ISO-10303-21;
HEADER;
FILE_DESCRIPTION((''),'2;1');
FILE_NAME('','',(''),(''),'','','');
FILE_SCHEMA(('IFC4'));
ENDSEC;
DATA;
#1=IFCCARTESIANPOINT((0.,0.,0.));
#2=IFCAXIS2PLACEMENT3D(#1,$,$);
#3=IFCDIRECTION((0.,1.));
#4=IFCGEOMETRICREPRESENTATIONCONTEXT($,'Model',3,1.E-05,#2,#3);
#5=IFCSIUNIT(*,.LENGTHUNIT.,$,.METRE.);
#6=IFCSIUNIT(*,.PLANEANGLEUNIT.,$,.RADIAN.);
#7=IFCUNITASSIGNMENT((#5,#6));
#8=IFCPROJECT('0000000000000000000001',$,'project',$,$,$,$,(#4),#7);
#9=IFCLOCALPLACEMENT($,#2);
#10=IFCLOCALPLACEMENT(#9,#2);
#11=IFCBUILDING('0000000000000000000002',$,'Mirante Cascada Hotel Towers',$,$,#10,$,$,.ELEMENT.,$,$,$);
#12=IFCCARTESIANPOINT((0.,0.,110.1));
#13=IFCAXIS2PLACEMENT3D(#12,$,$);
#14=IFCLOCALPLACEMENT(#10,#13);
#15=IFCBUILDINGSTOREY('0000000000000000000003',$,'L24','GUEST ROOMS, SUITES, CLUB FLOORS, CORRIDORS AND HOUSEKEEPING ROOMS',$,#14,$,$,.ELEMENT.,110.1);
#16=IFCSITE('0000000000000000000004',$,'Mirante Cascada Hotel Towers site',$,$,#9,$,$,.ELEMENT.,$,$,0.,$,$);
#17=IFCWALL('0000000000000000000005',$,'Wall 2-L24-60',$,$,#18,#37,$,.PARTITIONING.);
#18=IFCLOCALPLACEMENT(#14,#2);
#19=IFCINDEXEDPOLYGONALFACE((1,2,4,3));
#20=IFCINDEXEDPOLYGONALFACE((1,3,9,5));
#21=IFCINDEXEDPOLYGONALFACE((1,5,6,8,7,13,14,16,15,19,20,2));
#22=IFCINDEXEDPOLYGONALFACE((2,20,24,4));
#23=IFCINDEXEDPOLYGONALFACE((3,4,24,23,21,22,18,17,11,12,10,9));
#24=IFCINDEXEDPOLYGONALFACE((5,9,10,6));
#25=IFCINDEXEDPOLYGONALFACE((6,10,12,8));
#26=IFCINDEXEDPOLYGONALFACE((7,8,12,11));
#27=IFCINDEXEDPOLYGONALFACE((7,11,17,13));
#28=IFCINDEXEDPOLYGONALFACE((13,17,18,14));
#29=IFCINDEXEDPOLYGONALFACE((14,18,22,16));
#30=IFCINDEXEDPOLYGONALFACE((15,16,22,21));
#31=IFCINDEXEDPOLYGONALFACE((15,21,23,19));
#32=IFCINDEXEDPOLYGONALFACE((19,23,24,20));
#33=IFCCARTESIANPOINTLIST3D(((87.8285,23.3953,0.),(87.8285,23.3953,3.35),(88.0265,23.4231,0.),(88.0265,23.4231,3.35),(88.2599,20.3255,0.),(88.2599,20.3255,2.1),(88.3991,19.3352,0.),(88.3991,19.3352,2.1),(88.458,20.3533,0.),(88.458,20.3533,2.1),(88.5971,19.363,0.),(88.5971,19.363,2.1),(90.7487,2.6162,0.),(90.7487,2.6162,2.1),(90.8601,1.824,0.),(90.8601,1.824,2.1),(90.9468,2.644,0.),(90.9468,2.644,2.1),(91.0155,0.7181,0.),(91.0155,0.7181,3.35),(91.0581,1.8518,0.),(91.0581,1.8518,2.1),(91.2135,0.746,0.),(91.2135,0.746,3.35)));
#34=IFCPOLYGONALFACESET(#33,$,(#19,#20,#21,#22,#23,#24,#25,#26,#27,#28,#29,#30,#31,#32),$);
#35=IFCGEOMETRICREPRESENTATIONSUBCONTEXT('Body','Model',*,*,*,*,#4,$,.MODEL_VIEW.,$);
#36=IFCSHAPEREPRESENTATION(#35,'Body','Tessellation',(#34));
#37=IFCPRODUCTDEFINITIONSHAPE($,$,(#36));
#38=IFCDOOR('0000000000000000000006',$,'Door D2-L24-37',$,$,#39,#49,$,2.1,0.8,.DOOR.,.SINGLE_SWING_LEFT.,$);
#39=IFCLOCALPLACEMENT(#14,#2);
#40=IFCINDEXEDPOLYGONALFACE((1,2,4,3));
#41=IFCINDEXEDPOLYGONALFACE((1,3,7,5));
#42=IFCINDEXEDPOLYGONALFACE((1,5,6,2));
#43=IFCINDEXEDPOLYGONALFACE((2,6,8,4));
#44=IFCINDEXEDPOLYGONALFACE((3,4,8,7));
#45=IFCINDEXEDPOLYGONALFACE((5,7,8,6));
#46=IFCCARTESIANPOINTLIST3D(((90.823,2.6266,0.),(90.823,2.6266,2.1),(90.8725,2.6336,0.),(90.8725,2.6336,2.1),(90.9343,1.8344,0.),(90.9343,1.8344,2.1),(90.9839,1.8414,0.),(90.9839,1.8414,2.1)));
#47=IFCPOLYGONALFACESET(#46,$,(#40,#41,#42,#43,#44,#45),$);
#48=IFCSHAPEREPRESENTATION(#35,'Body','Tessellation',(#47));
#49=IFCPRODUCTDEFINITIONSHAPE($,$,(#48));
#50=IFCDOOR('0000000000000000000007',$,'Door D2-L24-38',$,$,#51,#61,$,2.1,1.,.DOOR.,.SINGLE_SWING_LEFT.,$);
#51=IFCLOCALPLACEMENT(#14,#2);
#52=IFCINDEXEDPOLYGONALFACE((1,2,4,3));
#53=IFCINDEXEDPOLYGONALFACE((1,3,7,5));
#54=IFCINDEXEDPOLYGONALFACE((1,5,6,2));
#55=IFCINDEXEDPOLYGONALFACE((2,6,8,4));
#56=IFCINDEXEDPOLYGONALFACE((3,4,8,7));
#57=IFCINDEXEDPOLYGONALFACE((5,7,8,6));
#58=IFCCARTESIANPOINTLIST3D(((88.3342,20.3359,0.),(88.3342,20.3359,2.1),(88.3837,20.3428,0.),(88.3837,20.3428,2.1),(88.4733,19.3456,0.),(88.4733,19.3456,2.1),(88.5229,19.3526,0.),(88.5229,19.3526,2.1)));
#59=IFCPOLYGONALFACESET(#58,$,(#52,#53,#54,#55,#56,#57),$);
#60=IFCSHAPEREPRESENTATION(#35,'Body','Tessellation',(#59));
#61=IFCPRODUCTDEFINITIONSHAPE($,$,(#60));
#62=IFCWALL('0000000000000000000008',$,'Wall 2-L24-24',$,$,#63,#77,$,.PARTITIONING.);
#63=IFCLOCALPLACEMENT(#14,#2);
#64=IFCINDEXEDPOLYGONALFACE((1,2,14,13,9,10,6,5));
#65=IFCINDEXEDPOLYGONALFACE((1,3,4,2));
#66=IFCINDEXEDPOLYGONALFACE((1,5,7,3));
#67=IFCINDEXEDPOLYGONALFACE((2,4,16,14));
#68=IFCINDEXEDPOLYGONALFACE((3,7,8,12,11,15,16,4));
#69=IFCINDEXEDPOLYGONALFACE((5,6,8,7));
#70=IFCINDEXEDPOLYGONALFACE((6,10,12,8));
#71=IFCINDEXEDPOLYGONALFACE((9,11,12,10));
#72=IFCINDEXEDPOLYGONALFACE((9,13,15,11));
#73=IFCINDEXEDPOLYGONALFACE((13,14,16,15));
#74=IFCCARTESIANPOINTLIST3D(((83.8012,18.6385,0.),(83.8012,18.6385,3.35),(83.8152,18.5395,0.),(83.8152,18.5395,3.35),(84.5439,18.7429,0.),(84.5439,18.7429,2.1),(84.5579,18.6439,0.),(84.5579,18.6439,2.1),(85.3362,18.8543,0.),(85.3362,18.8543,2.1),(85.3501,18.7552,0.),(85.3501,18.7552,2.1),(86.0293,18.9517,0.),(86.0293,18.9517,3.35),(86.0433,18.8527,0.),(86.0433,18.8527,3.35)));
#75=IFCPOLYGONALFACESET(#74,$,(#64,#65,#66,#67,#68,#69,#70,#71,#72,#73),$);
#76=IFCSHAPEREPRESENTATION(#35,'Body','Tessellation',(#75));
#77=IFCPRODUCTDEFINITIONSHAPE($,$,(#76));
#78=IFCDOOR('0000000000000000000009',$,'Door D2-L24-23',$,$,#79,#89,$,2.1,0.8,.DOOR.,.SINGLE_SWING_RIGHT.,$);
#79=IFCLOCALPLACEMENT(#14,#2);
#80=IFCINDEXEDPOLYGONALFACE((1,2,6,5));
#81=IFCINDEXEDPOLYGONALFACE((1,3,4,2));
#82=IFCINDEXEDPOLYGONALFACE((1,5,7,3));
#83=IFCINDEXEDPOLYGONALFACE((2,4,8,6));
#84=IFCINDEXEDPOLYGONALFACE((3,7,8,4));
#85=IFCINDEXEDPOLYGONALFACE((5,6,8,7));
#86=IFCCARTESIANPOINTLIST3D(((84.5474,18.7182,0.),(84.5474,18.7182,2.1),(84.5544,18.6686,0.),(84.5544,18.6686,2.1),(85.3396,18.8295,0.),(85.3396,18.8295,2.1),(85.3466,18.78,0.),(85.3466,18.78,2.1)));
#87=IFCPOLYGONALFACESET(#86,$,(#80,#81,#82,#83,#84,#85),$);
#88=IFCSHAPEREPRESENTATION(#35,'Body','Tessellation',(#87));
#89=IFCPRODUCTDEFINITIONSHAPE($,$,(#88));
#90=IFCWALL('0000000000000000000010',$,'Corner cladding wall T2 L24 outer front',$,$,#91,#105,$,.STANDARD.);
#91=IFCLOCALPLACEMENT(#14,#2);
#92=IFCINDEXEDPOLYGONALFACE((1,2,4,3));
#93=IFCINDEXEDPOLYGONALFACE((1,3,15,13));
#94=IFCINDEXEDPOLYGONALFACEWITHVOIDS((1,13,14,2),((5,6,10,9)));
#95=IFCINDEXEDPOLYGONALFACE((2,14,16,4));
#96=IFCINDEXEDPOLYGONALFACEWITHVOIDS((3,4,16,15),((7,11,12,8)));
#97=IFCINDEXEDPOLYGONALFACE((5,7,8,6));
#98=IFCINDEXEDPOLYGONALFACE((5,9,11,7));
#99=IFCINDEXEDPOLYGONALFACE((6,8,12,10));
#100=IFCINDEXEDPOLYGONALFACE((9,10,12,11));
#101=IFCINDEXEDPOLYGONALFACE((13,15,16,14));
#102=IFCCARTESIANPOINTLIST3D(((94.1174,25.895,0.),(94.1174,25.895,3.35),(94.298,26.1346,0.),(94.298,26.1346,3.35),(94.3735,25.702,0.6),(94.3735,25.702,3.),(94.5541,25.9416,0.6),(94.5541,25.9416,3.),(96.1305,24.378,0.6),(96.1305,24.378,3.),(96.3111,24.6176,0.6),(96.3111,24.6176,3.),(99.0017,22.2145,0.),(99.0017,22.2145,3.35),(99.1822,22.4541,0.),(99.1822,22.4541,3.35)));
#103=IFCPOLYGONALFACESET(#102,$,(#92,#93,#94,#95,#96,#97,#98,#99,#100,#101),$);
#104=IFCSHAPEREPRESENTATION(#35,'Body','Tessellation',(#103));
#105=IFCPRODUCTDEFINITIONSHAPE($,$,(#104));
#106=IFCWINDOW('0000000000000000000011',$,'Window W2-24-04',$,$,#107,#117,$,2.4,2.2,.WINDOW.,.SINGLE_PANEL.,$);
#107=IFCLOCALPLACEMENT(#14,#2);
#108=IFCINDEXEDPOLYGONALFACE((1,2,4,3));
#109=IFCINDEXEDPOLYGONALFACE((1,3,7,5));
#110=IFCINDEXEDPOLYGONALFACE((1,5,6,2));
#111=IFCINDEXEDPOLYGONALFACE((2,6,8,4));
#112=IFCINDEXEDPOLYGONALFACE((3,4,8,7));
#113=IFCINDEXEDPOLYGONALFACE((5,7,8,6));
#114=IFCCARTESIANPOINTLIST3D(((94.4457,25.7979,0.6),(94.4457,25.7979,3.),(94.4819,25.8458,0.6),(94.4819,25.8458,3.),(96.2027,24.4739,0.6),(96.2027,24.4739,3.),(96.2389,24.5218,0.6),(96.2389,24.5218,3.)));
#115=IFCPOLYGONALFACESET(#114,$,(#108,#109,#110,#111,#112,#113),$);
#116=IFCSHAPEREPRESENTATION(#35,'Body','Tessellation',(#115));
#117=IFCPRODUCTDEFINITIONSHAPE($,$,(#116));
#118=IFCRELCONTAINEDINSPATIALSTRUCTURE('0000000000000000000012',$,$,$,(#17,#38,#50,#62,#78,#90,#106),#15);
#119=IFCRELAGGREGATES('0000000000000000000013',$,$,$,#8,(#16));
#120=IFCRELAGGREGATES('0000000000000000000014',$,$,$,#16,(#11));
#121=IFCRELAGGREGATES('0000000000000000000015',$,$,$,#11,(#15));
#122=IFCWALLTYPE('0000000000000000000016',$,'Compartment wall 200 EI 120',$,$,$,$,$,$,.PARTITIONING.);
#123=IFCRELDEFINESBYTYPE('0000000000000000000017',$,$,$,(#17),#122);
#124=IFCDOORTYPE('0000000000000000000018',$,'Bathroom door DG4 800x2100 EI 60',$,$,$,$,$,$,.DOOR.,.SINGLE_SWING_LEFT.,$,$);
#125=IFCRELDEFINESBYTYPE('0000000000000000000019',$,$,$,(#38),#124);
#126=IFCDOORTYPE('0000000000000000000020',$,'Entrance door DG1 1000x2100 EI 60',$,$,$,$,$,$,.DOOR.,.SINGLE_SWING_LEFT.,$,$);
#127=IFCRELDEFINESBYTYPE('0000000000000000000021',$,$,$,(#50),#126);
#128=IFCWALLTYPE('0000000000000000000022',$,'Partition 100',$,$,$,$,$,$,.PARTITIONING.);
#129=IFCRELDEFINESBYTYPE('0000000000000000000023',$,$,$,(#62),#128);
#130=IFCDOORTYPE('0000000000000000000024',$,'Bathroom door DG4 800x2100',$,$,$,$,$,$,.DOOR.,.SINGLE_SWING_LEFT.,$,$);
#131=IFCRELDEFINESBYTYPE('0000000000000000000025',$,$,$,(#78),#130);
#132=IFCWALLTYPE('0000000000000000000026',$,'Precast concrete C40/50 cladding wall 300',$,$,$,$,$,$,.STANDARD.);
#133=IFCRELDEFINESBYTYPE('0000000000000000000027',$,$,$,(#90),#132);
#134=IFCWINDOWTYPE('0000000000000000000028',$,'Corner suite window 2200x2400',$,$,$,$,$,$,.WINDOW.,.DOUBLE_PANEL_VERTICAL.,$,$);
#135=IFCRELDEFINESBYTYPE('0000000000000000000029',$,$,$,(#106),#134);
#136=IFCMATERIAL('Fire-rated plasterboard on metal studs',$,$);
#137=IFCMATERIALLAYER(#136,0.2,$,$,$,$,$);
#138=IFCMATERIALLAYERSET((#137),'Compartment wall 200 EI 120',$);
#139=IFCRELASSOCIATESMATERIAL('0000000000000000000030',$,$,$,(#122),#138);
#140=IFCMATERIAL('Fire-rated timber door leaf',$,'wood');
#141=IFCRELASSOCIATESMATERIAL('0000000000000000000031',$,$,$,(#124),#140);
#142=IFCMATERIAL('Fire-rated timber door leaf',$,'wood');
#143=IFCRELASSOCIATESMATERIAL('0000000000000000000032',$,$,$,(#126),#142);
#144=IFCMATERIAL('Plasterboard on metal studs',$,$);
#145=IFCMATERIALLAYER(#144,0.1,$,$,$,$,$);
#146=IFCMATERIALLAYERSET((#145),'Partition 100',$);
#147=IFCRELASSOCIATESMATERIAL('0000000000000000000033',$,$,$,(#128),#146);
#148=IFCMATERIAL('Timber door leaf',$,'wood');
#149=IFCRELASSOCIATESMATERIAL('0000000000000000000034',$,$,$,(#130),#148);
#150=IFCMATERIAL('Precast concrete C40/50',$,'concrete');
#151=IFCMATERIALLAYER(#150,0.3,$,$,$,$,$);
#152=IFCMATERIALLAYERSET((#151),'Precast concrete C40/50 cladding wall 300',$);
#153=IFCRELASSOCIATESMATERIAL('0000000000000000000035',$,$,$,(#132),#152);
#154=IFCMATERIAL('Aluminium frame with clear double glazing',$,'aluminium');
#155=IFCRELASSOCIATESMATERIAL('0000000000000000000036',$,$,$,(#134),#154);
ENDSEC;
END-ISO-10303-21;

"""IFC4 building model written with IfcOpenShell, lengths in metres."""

from ifc_helpers import new_model, si_unit, direction, frame, frame_2d, origin, place, context, subcontext, project, spatial, rectangle, extrude, material, layer, layer_set, type_object, element, fill, save


model = new_model("IFC4")

# Units and contexts
model_context = context("Model", 3, precision=1e-05, world=origin(), true_north=direction((0.0, 1.0)))
body_context = subcontext(model_context, "Body", "Model", "MODEL_VIEW")
ifc_project = project(units=[si_unit("LENGTHUNIT", "METRE"), si_unit("PLANEANGLEUNIT", "RADIAN")], contexts=[model_context])

# Site, building, storey
site_placement = place(None, origin())
site = spatial("IfcSite", under=ifc_project, at=site_placement, Name="Mirante Cascada Hotel Towers site", CompositionType="ELEMENT", RefElevation=0.0)
building_placement = place(site_placement, origin())
building = spatial("IfcBuilding", under=site, at=building_placement, Name="Mirante Cascada Hotel Towers", CompositionType="ELEMENT")
storey_placement = place(building_placement, frame((0.0, 0.0, 110.1)))
storey = spatial("IfcBuildingStorey", under=building, at=storey_placement, Name="L24", Description="GUEST ROOMS, SUITES, CLUB FLOORS, CORRIDORS AND HOUSEKEEPING ROOMS", CompositionType="ELEMENT", Elevation=110.1)

# Shared definitions
ifc_material_1 = material(Name="Fire-rated plasterboard on metal studs")
ifc_layer_1 = layer(ifc_material_1, 0.2)
ifc_layer_set_1 = layer_set([ifc_layer_1], Name="Compartment wall 200 EI 120")
wall_type_1 = type_object("IfcWallType", Name="Compartment wall 200 EI 120", PredefinedType="PARTITIONING", material=ifc_layer_set_1)

# Wall, openings, doors
wall_1_placement = place(storey_placement, frame((87.9275, 23.4092, 0.0), z_axis=(0.0, 0.0, 1.0), x_axis=(0.139171, -0.990268, 0.0)))
wall_1 = element("IfcWall", 1, at=wall_1_placement, inside=storey, type_object=wall_type_1, Name="Wall 2-L24-60", PredefinedType="PARTITIONING", context=body_context, shape_type="SweptSolid", body=[
    extrude(rectangle(XDim=22.9, YDim=0.2, at=frame_2d((11.45, 0.0))), origin(), (0.0, 0.0, 1.0), 3.35),
])
opening_1_placement = place(wall_1_placement, frame((20.9833, 0.0, 0.0)))
opening_1 = element("IfcOpeningElement", 2, at=opening_1_placement, cuts=wall_1, PredefinedType="OPENING", context=body_context, shape_type="SweptSolid", body=[
    extrude(rectangle(XDim=0.8, YDim=2.1, at=frame_2d((0.4, 1.05))), frame((0.0, 0.1, 0.0), z_axis=(0.0, -1.0, 0.0), x_axis=(1.0, 0.0, 0.0)), (0.0, 0.0, 1.0), 0.2),
])
opening_2_placement = place(wall_1_placement, frame((3.1, 0.0, 0.0)))
opening_2 = element("IfcOpeningElement", 3, at=opening_2_placement, cuts=wall_1, PredefinedType="OPENING", context=body_context, shape_type="SweptSolid", body=[
    extrude(rectangle(XDim=1.0, YDim=2.1, at=frame_2d((0.5, 1.05))), frame((0.0, 0.1, 0.0), z_axis=(0.0, -1.0, 0.0), x_axis=(1.0, 0.0, 0.0)), (0.0, 0.0, 1.0), 0.2),
])
ifc_material_2 = material(Name="Fire-rated timber door leaf", Category="wood")
door_type_1 = type_object("IfcDoorType", Name="Bathroom door DG4 800x2100 EI 60", OperationType="SINGLE_SWING_LEFT", PredefinedType="DOOR", material=ifc_material_2)
door_1_placement = place(opening_1_placement, origin())
door_1 = element("IfcDoor", 4, at=door_1_placement, inside=storey, type_object=door_type_1, Name="Door D2-L24-37", OperationType="SINGLE_SWING_LEFT", OverallHeight=2.1, OverallWidth=0.8, PredefinedType="DOOR", context=body_context, shape_type="SweptSolid", body=[
    extrude(rectangle(XDim=0.8, YDim=2.1, at=frame_2d((0.4, 1.05))), frame((0.0, 0.025, 0.0), z_axis=(0.0, -1.0, 0.0), x_axis=(1.0, 0.0, 0.0)), (0.0, 0.0, 1.0), 0.05),
])
fill(opening_1, door_1)
ifc_material_3 = material(Name="Fire-rated timber door leaf", Category="wood")
door_type_2 = type_object("IfcDoorType", Name="Entrance door DG1 1000x2100 EI 60", OperationType="SINGLE_SWING_LEFT", PredefinedType="DOOR", material=ifc_material_3)
door_2_placement = place(opening_2_placement, origin())
door_2 = element("IfcDoor", 5, at=door_2_placement, inside=storey, type_object=door_type_2, Name="Door D2-L24-38", OperationType="SINGLE_SWING_LEFT", OverallHeight=2.1, OverallWidth=1.0, PredefinedType="DOOR", context=body_context, shape_type="SweptSolid", body=[
    extrude(rectangle(XDim=1.0, YDim=2.1, at=frame_2d((0.5, 1.05))), frame((0.0, 0.025, 0.0), z_axis=(0.0, -1.0, 0.0), x_axis=(1.0, 0.0, 0.0)), (0.0, 0.0, 1.0), 0.05),
])
fill(opening_2, door_2)

# Wall, opening, door
ifc_material_4 = material(Name="Plasterboard on metal studs")
ifc_layer_2 = layer(ifc_material_4, 0.1)
ifc_layer_set_2 = layer_set([ifc_layer_2], Name="Partition 100")
wall_type_2 = type_object("IfcWallType", Name="Partition 100", PredefinedType="PARTITIONING", material=ifc_layer_set_2)
wall_2_placement = place(storey_placement, frame((86.0363, 18.9022, 0.0), z_axis=(0.0, 0.0, 1.0), x_axis=(-0.990264, -0.1392, 0.0)))
wall_2 = element("IfcWall", 6, at=wall_2_placement, inside=storey, type_object=wall_type_2, Name="Wall 2-L24-24", PredefinedType="PARTITIONING", context=body_context, shape_type="SweptSolid", body=[
    extrude(rectangle(XDim=2.25, YDim=0.1, at=frame_2d((1.125, 0.0))), origin(), (0.0, 0.0, 1.0), 3.35),
])
opening_3_placement = place(wall_2_placement, frame((0.7, 0.0, 0.0)))
opening_3 = element("IfcOpeningElement", 7, at=opening_3_placement, cuts=wall_2, PredefinedType="OPENING", context=body_context, shape_type="SweptSolid", body=[
    extrude(rectangle(XDim=0.8, YDim=2.1, at=frame_2d((0.4, 1.05))), frame((0.0, 0.05, 0.0), z_axis=(0.0, -1.0, 0.0), x_axis=(1.0, 0.0, 0.0)), (0.0, 0.0, 1.0), 0.1),
])
ifc_material_5 = material(Name="Timber door leaf", Category="wood")
door_type_3 = type_object("IfcDoorType", Name="Bathroom door DG4 800x2100", OperationType="SINGLE_SWING_LEFT", PredefinedType="DOOR", material=ifc_material_5)
door_3_placement = place(opening_3_placement, frame((0.8, 0.0, 0.0), z_axis=(0.0, 0.0, 1.0), x_axis=(-1.0, 0.0, 0.0)))
door_3 = element("IfcDoor", 8, at=door_3_placement, inside=storey, type_object=door_type_3, Name="Door D2-L24-23", OperationType="SINGLE_SWING_RIGHT", OverallHeight=2.1, OverallWidth=0.8, PredefinedType="DOOR", context=body_context, shape_type="SweptSolid", body=[
    extrude(rectangle(XDim=0.8, YDim=2.1, at=frame_2d((0.4, 1.05))), frame((0.0, 0.025, 0.0), z_axis=(0.0, -1.0, 0.0), x_axis=(1.0, 0.0, 0.0)), (0.0, 0.0, 1.0), 0.05),
])
fill(opening_3, door_3)

# Wall, opening, window
ifc_material_6 = material(Name="Precast concrete C40/50", Category="concrete")
ifc_layer_3 = layer(ifc_material_6, 0.3)
ifc_layer_set_3 = layer_set([ifc_layer_3], Name="Precast concrete C40/50 cladding wall 300")
wall_type_3 = type_object("IfcWallType", Name="Precast concrete C40/50 cladding wall 300", PredefinedType="STANDARD", material=ifc_layer_set_3)
wall_3_placement = place(storey_placement, frame((99.0919, 22.3343, 0.0), z_axis=(0.0, 0.0, 1.0), x_axis=(-0.798636, 0.601814, 0.0)))
wall_3 = element("IfcWall", 9, at=wall_3_placement, inside=storey, type_object=wall_type_3, Name="Corner cladding wall T2 L24 outer front", PredefinedType="STANDARD", context=body_context, shape_type="SweptSolid", body=[
    extrude(rectangle(XDim=6.1157, YDim=0.3, at=frame_2d((3.0578, 0.0))), origin(), (0.0, 0.0, 1.0), 3.35),
])
opening_4_placement = place(wall_3_placement, frame((3.595, 0.0, 0.6)))
opening_4 = element("IfcOpeningElement", 10, at=opening_4_placement, cuts=wall_3, PredefinedType="OPENING", context=body_context, shape_type="SweptSolid", body=[
    extrude(rectangle(XDim=2.2, YDim=2.4, at=frame_2d((1.1, 1.2))), frame((0.0, 0.15, 0.0), z_axis=(0.0, -1.0, 0.0), x_axis=(1.0, 0.0, 0.0)), (0.0, 0.0, 1.0), 0.3),
])
ifc_material_7 = material(Name="Aluminium frame with clear double glazing", Category="aluminium")
window_type = type_object("IfcWindowType", Name="Corner suite window 2200x2400", PartitioningType="DOUBLE_PANEL_VERTICAL", PredefinedType="WINDOW", material=ifc_material_7)
window_placement = place(opening_4_placement, origin())
window = element("IfcWindow", 11, at=window_placement, inside=storey, type_object=window_type, Name="Window W2-24-04", OverallHeight=2.4, OverallWidth=2.2, PartitioningType="SINGLE_PANEL", PredefinedType="WINDOW", context=body_context, shape_type="SweptSolid", body=[
    extrude(rectangle(XDim=2.2, YDim=2.4, at=frame_2d((1.1, 1.2))), frame((0.0, 0.03, 0.0), z_axis=(0.0, -1.0, 0.0), x_axis=(1.0, 0.0, 0.0)), (0.0, 0.0, 1.0), 0.06),
])
fill(opening_4, window)

save(model, "model.ifc")
